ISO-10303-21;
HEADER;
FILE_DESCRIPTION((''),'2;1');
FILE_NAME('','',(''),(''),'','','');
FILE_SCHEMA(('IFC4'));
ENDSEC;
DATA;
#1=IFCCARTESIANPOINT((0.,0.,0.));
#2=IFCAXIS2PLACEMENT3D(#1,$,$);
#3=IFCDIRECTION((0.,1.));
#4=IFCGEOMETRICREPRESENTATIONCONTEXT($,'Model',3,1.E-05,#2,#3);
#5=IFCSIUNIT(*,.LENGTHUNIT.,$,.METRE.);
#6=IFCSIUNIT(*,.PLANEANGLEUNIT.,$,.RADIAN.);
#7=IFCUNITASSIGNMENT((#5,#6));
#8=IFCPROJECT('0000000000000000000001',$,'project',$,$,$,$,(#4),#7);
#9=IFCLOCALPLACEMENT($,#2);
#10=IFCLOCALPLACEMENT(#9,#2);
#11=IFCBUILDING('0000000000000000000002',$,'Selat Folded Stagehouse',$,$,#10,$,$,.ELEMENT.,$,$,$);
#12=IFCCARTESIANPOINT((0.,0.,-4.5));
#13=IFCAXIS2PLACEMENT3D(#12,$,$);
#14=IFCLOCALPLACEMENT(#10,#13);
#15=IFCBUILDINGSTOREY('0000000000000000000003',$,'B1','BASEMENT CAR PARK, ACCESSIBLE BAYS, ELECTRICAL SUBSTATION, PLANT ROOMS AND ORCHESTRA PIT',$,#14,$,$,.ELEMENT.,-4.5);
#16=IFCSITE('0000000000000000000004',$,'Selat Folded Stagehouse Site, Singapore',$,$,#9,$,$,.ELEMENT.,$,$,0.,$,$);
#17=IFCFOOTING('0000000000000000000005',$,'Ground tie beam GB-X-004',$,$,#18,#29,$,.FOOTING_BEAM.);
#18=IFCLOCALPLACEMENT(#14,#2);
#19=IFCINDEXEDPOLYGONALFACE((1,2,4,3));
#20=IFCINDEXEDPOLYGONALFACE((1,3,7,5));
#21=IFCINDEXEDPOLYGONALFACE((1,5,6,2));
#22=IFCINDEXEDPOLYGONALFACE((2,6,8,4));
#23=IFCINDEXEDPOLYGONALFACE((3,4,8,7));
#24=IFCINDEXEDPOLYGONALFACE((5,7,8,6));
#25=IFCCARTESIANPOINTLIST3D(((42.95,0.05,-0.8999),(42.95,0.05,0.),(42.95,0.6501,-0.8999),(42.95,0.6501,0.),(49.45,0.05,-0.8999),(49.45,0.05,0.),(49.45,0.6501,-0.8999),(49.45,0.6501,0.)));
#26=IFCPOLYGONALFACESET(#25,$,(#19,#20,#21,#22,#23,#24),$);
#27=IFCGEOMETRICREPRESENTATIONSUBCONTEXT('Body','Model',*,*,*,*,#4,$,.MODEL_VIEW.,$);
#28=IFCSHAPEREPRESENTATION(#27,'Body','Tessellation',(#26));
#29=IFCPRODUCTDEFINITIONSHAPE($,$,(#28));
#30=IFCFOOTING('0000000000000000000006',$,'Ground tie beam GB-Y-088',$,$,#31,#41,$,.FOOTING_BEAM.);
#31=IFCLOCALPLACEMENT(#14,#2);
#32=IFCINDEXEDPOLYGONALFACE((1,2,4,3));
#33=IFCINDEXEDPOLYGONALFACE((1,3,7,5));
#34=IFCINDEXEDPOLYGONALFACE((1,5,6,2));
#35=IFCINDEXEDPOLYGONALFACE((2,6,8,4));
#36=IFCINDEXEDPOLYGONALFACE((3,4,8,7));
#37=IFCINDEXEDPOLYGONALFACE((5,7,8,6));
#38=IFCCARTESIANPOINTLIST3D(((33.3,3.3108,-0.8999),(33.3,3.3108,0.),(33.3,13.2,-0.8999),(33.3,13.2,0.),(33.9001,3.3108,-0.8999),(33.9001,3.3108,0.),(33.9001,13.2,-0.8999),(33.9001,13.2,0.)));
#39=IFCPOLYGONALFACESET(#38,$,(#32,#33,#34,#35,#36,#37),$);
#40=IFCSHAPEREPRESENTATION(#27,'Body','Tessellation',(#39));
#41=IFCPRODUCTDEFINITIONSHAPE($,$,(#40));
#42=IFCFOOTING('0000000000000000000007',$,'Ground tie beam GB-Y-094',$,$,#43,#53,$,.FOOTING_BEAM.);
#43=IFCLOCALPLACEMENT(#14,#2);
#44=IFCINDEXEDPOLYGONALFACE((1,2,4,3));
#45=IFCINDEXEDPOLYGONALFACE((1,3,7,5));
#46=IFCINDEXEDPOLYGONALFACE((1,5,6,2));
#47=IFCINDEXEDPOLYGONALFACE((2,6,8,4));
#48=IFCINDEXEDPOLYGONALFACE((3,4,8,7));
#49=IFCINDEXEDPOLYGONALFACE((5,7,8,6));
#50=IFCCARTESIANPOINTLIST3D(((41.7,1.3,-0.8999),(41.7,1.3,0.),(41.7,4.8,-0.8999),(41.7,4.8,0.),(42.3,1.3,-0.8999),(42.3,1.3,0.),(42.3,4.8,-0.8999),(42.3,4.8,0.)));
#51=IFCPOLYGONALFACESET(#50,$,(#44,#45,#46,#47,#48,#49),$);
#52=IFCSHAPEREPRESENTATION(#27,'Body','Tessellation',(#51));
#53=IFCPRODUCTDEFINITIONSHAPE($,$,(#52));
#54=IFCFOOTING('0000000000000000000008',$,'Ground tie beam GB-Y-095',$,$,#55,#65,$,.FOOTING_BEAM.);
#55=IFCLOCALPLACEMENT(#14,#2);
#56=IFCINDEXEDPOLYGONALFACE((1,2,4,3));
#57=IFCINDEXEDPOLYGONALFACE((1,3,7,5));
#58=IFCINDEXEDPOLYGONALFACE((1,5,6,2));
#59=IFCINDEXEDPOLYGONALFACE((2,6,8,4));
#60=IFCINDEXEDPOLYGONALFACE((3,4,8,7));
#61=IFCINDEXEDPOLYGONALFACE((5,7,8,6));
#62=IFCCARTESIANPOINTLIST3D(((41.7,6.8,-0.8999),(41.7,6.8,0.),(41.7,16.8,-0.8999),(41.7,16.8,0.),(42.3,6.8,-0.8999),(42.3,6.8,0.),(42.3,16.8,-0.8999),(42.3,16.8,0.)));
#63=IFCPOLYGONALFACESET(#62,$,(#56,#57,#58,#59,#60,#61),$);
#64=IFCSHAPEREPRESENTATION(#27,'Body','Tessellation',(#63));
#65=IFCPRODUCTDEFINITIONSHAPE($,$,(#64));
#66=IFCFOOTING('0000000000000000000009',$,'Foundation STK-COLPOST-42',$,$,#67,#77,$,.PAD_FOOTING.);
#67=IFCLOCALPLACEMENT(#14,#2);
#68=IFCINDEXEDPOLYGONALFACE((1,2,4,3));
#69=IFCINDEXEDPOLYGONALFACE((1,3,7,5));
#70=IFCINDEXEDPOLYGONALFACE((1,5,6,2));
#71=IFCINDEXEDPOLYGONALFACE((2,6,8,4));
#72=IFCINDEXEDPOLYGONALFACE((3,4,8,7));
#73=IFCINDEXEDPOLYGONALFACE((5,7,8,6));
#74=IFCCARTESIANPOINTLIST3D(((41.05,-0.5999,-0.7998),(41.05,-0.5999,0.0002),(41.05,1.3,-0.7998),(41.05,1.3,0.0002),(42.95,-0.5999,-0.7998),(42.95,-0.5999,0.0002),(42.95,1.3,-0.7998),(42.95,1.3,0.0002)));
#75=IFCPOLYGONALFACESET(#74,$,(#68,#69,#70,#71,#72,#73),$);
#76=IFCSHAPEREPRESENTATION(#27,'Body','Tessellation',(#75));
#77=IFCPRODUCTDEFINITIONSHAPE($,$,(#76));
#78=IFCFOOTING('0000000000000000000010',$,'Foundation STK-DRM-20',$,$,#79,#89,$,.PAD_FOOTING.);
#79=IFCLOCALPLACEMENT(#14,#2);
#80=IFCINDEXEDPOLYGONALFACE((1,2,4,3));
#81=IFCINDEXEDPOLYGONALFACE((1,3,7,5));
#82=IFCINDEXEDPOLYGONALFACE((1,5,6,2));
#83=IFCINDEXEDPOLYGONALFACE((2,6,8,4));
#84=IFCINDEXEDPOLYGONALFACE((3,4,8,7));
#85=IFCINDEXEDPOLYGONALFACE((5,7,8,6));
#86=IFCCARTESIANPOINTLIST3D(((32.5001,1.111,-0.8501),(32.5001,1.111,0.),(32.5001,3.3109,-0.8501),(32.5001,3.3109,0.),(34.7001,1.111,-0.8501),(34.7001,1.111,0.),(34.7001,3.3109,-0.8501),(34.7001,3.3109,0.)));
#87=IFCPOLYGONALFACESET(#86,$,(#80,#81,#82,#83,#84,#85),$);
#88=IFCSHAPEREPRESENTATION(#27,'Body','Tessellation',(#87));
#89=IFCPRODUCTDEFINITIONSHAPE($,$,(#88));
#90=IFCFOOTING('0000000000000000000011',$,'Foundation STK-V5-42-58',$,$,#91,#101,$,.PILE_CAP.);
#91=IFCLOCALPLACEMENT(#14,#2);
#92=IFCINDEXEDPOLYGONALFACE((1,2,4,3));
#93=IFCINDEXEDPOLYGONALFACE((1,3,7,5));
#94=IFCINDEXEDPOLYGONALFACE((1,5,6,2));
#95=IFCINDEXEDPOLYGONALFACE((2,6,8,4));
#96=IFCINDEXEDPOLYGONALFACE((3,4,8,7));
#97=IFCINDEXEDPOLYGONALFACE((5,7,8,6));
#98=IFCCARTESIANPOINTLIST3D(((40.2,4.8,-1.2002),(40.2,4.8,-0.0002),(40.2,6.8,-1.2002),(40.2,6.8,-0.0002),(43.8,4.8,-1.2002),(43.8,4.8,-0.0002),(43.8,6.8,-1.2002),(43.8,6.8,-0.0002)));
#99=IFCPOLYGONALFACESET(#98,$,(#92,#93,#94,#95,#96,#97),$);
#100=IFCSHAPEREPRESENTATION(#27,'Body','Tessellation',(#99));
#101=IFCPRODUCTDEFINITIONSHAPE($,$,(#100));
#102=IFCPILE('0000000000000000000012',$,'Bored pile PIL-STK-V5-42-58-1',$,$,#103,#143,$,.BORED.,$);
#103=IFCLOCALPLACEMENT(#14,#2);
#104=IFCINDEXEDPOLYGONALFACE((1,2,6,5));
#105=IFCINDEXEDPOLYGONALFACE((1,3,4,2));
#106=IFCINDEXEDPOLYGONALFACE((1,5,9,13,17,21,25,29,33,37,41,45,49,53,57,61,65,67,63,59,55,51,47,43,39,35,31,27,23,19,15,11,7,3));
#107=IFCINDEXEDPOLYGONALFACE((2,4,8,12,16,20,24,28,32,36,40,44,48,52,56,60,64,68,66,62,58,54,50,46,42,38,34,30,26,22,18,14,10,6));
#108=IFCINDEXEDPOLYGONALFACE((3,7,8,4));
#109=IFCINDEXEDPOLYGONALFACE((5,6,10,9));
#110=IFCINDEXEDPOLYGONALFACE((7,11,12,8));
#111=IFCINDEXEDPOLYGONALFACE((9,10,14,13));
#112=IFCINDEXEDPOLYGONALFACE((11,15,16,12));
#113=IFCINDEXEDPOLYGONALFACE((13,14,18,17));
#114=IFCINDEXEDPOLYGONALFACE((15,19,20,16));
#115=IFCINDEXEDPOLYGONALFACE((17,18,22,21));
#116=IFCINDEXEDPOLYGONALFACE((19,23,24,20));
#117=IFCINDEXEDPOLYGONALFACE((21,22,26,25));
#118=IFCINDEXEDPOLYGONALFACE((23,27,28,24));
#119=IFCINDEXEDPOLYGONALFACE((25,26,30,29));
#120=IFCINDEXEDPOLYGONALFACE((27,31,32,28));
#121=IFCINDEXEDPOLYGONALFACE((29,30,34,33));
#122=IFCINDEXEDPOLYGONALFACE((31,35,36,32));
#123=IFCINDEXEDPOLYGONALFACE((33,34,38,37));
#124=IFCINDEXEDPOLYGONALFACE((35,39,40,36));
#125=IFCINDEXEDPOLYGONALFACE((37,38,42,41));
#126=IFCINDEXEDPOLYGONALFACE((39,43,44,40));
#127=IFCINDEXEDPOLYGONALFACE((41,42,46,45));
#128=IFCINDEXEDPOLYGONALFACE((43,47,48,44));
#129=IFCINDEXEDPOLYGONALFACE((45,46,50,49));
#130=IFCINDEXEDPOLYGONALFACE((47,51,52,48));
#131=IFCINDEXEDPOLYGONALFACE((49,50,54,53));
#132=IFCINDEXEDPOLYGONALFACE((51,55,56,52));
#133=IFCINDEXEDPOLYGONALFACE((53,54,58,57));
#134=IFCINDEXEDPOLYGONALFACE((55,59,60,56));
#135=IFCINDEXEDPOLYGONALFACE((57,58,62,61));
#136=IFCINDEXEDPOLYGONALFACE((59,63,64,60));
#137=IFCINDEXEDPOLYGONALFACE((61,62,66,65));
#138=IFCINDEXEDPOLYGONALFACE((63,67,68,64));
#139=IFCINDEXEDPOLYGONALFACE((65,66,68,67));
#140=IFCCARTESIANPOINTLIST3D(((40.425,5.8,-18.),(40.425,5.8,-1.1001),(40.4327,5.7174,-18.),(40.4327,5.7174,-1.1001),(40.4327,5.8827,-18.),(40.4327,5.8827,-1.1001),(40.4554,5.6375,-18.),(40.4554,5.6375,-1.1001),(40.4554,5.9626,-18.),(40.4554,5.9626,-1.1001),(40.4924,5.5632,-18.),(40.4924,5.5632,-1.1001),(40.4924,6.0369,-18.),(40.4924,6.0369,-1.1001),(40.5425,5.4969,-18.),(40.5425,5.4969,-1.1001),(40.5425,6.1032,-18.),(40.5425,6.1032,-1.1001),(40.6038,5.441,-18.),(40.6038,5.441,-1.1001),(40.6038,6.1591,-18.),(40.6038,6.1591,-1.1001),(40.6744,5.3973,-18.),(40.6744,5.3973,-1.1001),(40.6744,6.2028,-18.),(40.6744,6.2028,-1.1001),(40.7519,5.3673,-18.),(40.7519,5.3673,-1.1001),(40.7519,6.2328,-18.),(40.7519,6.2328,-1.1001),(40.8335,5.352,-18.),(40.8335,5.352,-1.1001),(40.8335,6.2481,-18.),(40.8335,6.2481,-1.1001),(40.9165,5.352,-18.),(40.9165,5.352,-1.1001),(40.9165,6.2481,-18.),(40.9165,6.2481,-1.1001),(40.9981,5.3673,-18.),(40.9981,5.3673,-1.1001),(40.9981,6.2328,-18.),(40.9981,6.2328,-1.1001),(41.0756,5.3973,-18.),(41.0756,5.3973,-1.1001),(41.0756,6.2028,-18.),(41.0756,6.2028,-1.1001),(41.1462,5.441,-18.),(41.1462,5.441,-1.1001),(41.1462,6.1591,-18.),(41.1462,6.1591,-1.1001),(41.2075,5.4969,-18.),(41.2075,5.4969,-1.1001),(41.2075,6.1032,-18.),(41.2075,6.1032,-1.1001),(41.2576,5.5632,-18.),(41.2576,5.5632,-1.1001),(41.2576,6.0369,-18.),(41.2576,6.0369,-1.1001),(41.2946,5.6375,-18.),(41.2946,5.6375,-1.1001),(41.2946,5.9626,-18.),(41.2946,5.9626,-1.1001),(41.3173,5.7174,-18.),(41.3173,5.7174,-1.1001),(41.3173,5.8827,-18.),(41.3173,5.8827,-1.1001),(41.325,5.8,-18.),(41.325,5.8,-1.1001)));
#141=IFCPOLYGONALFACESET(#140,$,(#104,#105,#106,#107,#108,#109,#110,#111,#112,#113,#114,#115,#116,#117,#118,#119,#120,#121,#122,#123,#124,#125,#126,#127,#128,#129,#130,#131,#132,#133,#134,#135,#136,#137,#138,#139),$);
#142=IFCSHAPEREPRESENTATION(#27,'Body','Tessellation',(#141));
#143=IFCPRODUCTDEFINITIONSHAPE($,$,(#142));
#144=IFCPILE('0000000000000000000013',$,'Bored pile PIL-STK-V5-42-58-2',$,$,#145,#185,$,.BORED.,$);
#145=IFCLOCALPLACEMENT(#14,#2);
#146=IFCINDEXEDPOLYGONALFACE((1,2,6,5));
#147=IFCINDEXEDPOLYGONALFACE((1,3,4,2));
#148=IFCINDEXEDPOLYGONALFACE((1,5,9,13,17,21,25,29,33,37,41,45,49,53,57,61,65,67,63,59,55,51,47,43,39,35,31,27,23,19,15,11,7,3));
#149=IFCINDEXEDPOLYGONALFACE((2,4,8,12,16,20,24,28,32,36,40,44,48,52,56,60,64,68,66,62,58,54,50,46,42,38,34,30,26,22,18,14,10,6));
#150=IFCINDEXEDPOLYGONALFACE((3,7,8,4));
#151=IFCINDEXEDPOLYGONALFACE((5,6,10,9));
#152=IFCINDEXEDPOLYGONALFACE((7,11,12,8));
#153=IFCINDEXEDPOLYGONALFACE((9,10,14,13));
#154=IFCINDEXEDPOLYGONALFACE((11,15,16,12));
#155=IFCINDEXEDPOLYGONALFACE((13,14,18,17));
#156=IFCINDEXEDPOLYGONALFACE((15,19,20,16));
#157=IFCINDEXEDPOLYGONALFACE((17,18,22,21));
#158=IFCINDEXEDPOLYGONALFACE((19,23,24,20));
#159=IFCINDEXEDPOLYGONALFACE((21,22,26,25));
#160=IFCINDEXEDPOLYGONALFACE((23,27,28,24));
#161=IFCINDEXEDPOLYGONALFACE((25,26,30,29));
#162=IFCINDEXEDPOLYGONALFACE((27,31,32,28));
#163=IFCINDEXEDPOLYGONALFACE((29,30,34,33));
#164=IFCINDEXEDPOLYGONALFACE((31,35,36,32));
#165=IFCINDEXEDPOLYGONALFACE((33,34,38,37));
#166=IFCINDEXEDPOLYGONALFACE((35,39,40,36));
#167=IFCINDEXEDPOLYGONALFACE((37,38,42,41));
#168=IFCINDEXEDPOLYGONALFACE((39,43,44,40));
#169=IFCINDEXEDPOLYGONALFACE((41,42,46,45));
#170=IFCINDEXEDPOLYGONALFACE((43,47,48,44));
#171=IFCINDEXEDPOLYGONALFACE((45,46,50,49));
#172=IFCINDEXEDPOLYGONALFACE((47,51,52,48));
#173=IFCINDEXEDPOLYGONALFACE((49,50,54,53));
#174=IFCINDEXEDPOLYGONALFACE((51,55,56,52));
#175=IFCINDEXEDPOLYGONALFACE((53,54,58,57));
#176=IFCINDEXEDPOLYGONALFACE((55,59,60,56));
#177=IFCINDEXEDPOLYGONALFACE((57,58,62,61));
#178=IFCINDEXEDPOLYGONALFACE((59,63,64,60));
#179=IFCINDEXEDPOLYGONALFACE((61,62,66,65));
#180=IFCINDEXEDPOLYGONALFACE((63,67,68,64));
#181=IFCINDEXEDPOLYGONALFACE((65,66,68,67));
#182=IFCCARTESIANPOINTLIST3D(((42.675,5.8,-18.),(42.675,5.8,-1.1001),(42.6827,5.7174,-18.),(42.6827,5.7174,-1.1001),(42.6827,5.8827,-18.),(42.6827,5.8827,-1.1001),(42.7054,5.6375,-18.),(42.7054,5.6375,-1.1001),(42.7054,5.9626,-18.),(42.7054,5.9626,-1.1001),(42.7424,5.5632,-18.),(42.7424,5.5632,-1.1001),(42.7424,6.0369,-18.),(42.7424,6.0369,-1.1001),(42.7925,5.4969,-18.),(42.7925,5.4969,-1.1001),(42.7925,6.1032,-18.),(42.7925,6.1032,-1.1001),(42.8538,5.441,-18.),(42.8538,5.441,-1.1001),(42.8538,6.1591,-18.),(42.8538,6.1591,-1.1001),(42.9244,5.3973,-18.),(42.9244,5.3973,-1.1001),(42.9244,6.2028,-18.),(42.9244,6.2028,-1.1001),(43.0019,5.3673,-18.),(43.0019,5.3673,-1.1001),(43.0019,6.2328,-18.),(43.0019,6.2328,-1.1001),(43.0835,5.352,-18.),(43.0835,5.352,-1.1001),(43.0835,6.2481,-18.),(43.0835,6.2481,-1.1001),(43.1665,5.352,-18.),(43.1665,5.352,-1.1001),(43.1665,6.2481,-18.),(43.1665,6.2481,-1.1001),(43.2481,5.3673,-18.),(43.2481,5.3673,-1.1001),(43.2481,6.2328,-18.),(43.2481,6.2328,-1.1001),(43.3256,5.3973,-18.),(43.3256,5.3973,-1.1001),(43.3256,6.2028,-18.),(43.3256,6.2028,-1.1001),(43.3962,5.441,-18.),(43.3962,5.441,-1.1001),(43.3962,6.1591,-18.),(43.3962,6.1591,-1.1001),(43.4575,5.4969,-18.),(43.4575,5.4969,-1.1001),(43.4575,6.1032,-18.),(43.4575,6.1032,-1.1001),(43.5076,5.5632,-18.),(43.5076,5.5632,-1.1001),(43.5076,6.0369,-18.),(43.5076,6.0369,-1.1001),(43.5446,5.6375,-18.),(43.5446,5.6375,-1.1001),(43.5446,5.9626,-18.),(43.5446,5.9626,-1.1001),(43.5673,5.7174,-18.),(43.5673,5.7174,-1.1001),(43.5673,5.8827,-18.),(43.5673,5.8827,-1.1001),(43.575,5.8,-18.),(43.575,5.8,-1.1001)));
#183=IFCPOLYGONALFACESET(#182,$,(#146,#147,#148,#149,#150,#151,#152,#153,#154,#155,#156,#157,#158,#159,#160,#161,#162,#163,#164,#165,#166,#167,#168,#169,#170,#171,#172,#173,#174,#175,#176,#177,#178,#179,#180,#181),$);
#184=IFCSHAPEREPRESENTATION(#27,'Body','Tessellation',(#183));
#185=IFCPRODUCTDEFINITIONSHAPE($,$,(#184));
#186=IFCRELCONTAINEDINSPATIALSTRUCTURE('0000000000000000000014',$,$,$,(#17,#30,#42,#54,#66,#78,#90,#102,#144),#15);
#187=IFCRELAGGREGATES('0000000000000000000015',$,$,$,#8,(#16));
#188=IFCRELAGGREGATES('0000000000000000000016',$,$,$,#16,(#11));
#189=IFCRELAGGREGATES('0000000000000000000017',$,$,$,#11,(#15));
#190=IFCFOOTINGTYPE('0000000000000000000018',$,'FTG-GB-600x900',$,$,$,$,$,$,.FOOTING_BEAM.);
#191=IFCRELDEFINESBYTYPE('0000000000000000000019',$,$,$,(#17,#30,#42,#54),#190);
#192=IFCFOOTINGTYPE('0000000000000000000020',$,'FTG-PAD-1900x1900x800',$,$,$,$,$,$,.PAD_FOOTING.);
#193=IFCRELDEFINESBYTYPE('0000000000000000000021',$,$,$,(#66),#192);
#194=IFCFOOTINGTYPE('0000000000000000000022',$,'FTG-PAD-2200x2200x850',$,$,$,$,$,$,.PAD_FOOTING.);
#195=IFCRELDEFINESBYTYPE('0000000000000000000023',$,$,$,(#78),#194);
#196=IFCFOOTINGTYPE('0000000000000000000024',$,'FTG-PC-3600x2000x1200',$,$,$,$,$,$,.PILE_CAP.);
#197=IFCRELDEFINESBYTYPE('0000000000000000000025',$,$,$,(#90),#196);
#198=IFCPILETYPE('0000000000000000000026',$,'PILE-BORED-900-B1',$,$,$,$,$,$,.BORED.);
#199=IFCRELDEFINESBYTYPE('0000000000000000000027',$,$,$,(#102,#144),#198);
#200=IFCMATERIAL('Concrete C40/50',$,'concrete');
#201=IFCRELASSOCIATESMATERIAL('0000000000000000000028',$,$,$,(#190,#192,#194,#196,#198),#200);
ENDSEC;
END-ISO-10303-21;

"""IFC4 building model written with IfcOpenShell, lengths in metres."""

from ifc_helpers import new_model, si_unit, direction, frame, origin, origin_2d, place, context, subcontext, project, spatial, rectangle, circle, extrude, material, material_profile, profile_set, type_object, element, save


model = new_model("IFC4")

# Units and contexts
model_context = context("Model", 3, precision=1e-05, world=origin(), true_north=direction((0.0, 1.0)))
body_context = subcontext(model_context, "Body", "Model", "MODEL_VIEW")
ifc_project = project(units=[si_unit("LENGTHUNIT", "METRE"), si_unit("PLANEANGLEUNIT", "RADIAN")], contexts=[model_context])

# Site, building, storey
site_placement = place(None, origin())
site = spatial("IfcSite", under=ifc_project, at=site_placement, Name="Selat Folded Stagehouse Site, Singapore", CompositionType="ELEMENT", RefElevation=0.0)
building_placement = place(site_placement, origin())
building = spatial("IfcBuilding", under=site, at=building_placement, Name="Selat Folded Stagehouse", CompositionType="ELEMENT")
storey_placement = place(building_placement, frame((0.0, 0.0, -4.5)))
storey = spatial("IfcBuildingStorey", under=building, at=storey_placement, Name="B1", Description="BASEMENT CAR PARK, ACCESSIBLE BAYS, ELECTRICAL SUBSTATION, PLANT ROOMS AND ORCHESTRA PIT", CompositionType="ELEMENT", Elevation=-4.5)

# Footings
ifc_material_1 = material(Name="Concrete C40/50", Category="concrete")
ifc_material_profile_1 = material_profile(ifc_material_1, rectangle(XDim=0.6001, YDim=0.8999, at=origin_2d()), Name="RC 900x600")
ifc_profile_set_1 = profile_set([ifc_material_profile_1], Name="Concrete C40/50")
footing_type_1 = type_object("IfcFootingType", Name="FTG-GB-600x900", PredefinedType="FOOTING_BEAM", material=ifc_profile_set_1)
footing_1_placement = place(storey_placement, frame((42.95, 0.3501, -0.45), z_axis=(1.0, 0.0, 0.0), x_axis=(0.0, 1.0, 0.0)))
element("IfcFooting", 1, at=footing_1_placement, inside=storey, type_object=footing_type_1, Name="Ground tie beam GB-X-004", PredefinedType="FOOTING_BEAM", context=body_context, shape_type="SweptSolid", body=[
    extrude(rectangle(XDim=0.6001, YDim=0.8999, at=origin_2d()), origin(), (0.0, 0.0, 1.0), 6.5),
])
footing_2_placement = place(storey_placement, frame((33.6001, 3.3108, -0.45), z_axis=(0.0, 1.0, 0.0), x_axis=(-1.0, 0.0, 0.0)))
element("IfcFooting", 2, at=footing_2_placement, inside=storey, type_object=footing_type_1, Name="Ground tie beam GB-Y-088", PredefinedType="FOOTING_BEAM", context=body_context, shape_type="SweptSolid", body=[
    extrude(rectangle(XDim=0.6001, YDim=0.8999, at=origin_2d()), origin(), (0.0, 0.0, 1.0), 9.8892),
])
footing_3_placement = place(storey_placement, frame((42.0, 1.3, -0.45), z_axis=(0.0, 1.0, 0.0), x_axis=(-1.0, 0.0, 0.0)))
element("IfcFooting", 3, at=footing_3_placement, inside=storey, type_object=footing_type_1, Name="Ground tie beam GB-Y-094", PredefinedType="FOOTING_BEAM", context=body_context, shape_type="SweptSolid", body=[
    extrude(rectangle(XDim=0.6001, YDim=0.8999, at=origin_2d()), origin(), (0.0, 0.0, 1.0), 3.5),
])
footing_4_placement = place(storey_placement, frame((42.0, 6.8, -0.45), z_axis=(0.0, 1.0, 0.0), x_axis=(-1.0, 0.0, 0.0)))
element("IfcFooting", 4, at=footing_4_placement, inside=storey, type_object=footing_type_1, Name="Ground tie beam GB-Y-095", PredefinedType="FOOTING_BEAM", context=body_context, shape_type="SweptSolid", body=[
    extrude(rectangle(XDim=0.6001, YDim=0.8999, at=origin_2d()), origin(), (0.0, 0.0, 1.0), 10.0),
])
footing_type_2 = type_object("IfcFootingType", Name="FTG-PAD-1900x1900x800", PredefinedType="PAD_FOOTING", material=ifc_material_1)
footing_5_placement = place(storey_placement, frame((42.0, 0.3501, -0.7998), z_axis=(0.0, 0.0, 1.0), x_axis=(1.0, 0.0, 0.0)))
element("IfcFooting", 5, at=footing_5_placement, inside=storey, type_object=footing_type_2, Name="Foundation STK-COLPOST-42", PredefinedType="PAD_FOOTING", context=body_context, shape_type="SweptSolid", body=[
    extrude(rectangle(XDim=1.8999, YDim=1.8999, at=origin_2d()), origin(), (0.0, 0.0, 1.0), 0.8),
])
footing_type_3 = type_object("IfcFootingType", Name="FTG-PAD-2200x2200x850", PredefinedType="PAD_FOOTING", material=ifc_material_1)
footing_6_placement = place(storey_placement, frame((33.6001, 2.2109, -0.8501), z_axis=(0.0, 0.0, 1.0), x_axis=(1.0, 0.0, 0.0)))
element("IfcFooting", 6, at=footing_6_placement, inside=storey, type_object=footing_type_3, Name="Foundation STK-DRM-20", PredefinedType="PAD_FOOTING", context=body_context, shape_type="SweptSolid", body=[
    extrude(rectangle(XDim=2.2, YDim=2.2, at=origin_2d()), origin(), (0.0, 0.0, 1.0), 0.8501),
])
footing_type_4 = type_object("IfcFootingType", Name="FTG-PC-3600x2000x1200", PredefinedType="PILE_CAP", material=ifc_material_1)
footing_7_placement = place(storey_placement, frame((42.0, 5.8, -1.2002), z_axis=(0.0, 0.0, 1.0), x_axis=(1.0, 0.0, 0.0)))
element("IfcFooting", 7, at=footing_7_placement, inside=storey, type_object=footing_type_4, Name="Foundation STK-V5-42-58", PredefinedType="PILE_CAP", context=body_context, shape_type="SweptSolid", body=[
    extrude(rectangle(XDim=3.6001, YDim=2.0, at=origin_2d()), origin(), (0.0, 0.0, 1.0), 1.2),
])

# Piles
ifc_material_profile_2 = material_profile(ifc_material_1, circle(Radius=0.45, at=origin_2d()), Name="PILE D900")
ifc_profile_set_2 = profile_set([ifc_material_profile_2], Name="Concrete C40/50")
pile_type = type_object("IfcPileType", Name="PILE-BORED-900-B1", PredefinedType="BORED", material=ifc_profile_set_2)
for number, where, z_axis, x_axis, name in (
    (8, (40.875, 5.8, -1.1001), (0.0, 0.0, -1.0), (1.0, 0.0, 0.0), "Bored pile PIL-STK-V5-42-58-1"),
    (9, (43.125, 5.8, -1.1001), (0.0, 0.0, -1.0), (1.0, 0.0, 0.0), "Bored pile PIL-STK-V5-42-58-2"),
):
    element("IfcPile", number, at=place(storey_placement, frame(where, z_axis=z_axis, x_axis=x_axis)), inside=storey, type_object=pile_type, Name=name, PredefinedType="BORED", context=body_context, shape_type="SweptSolid", body=[
        extrude(circle(Radius=0.45, at=origin_2d()), origin(), (0.0, 0.0, 1.0), 16.8999),
    ])

save(model, "model.ifc")
